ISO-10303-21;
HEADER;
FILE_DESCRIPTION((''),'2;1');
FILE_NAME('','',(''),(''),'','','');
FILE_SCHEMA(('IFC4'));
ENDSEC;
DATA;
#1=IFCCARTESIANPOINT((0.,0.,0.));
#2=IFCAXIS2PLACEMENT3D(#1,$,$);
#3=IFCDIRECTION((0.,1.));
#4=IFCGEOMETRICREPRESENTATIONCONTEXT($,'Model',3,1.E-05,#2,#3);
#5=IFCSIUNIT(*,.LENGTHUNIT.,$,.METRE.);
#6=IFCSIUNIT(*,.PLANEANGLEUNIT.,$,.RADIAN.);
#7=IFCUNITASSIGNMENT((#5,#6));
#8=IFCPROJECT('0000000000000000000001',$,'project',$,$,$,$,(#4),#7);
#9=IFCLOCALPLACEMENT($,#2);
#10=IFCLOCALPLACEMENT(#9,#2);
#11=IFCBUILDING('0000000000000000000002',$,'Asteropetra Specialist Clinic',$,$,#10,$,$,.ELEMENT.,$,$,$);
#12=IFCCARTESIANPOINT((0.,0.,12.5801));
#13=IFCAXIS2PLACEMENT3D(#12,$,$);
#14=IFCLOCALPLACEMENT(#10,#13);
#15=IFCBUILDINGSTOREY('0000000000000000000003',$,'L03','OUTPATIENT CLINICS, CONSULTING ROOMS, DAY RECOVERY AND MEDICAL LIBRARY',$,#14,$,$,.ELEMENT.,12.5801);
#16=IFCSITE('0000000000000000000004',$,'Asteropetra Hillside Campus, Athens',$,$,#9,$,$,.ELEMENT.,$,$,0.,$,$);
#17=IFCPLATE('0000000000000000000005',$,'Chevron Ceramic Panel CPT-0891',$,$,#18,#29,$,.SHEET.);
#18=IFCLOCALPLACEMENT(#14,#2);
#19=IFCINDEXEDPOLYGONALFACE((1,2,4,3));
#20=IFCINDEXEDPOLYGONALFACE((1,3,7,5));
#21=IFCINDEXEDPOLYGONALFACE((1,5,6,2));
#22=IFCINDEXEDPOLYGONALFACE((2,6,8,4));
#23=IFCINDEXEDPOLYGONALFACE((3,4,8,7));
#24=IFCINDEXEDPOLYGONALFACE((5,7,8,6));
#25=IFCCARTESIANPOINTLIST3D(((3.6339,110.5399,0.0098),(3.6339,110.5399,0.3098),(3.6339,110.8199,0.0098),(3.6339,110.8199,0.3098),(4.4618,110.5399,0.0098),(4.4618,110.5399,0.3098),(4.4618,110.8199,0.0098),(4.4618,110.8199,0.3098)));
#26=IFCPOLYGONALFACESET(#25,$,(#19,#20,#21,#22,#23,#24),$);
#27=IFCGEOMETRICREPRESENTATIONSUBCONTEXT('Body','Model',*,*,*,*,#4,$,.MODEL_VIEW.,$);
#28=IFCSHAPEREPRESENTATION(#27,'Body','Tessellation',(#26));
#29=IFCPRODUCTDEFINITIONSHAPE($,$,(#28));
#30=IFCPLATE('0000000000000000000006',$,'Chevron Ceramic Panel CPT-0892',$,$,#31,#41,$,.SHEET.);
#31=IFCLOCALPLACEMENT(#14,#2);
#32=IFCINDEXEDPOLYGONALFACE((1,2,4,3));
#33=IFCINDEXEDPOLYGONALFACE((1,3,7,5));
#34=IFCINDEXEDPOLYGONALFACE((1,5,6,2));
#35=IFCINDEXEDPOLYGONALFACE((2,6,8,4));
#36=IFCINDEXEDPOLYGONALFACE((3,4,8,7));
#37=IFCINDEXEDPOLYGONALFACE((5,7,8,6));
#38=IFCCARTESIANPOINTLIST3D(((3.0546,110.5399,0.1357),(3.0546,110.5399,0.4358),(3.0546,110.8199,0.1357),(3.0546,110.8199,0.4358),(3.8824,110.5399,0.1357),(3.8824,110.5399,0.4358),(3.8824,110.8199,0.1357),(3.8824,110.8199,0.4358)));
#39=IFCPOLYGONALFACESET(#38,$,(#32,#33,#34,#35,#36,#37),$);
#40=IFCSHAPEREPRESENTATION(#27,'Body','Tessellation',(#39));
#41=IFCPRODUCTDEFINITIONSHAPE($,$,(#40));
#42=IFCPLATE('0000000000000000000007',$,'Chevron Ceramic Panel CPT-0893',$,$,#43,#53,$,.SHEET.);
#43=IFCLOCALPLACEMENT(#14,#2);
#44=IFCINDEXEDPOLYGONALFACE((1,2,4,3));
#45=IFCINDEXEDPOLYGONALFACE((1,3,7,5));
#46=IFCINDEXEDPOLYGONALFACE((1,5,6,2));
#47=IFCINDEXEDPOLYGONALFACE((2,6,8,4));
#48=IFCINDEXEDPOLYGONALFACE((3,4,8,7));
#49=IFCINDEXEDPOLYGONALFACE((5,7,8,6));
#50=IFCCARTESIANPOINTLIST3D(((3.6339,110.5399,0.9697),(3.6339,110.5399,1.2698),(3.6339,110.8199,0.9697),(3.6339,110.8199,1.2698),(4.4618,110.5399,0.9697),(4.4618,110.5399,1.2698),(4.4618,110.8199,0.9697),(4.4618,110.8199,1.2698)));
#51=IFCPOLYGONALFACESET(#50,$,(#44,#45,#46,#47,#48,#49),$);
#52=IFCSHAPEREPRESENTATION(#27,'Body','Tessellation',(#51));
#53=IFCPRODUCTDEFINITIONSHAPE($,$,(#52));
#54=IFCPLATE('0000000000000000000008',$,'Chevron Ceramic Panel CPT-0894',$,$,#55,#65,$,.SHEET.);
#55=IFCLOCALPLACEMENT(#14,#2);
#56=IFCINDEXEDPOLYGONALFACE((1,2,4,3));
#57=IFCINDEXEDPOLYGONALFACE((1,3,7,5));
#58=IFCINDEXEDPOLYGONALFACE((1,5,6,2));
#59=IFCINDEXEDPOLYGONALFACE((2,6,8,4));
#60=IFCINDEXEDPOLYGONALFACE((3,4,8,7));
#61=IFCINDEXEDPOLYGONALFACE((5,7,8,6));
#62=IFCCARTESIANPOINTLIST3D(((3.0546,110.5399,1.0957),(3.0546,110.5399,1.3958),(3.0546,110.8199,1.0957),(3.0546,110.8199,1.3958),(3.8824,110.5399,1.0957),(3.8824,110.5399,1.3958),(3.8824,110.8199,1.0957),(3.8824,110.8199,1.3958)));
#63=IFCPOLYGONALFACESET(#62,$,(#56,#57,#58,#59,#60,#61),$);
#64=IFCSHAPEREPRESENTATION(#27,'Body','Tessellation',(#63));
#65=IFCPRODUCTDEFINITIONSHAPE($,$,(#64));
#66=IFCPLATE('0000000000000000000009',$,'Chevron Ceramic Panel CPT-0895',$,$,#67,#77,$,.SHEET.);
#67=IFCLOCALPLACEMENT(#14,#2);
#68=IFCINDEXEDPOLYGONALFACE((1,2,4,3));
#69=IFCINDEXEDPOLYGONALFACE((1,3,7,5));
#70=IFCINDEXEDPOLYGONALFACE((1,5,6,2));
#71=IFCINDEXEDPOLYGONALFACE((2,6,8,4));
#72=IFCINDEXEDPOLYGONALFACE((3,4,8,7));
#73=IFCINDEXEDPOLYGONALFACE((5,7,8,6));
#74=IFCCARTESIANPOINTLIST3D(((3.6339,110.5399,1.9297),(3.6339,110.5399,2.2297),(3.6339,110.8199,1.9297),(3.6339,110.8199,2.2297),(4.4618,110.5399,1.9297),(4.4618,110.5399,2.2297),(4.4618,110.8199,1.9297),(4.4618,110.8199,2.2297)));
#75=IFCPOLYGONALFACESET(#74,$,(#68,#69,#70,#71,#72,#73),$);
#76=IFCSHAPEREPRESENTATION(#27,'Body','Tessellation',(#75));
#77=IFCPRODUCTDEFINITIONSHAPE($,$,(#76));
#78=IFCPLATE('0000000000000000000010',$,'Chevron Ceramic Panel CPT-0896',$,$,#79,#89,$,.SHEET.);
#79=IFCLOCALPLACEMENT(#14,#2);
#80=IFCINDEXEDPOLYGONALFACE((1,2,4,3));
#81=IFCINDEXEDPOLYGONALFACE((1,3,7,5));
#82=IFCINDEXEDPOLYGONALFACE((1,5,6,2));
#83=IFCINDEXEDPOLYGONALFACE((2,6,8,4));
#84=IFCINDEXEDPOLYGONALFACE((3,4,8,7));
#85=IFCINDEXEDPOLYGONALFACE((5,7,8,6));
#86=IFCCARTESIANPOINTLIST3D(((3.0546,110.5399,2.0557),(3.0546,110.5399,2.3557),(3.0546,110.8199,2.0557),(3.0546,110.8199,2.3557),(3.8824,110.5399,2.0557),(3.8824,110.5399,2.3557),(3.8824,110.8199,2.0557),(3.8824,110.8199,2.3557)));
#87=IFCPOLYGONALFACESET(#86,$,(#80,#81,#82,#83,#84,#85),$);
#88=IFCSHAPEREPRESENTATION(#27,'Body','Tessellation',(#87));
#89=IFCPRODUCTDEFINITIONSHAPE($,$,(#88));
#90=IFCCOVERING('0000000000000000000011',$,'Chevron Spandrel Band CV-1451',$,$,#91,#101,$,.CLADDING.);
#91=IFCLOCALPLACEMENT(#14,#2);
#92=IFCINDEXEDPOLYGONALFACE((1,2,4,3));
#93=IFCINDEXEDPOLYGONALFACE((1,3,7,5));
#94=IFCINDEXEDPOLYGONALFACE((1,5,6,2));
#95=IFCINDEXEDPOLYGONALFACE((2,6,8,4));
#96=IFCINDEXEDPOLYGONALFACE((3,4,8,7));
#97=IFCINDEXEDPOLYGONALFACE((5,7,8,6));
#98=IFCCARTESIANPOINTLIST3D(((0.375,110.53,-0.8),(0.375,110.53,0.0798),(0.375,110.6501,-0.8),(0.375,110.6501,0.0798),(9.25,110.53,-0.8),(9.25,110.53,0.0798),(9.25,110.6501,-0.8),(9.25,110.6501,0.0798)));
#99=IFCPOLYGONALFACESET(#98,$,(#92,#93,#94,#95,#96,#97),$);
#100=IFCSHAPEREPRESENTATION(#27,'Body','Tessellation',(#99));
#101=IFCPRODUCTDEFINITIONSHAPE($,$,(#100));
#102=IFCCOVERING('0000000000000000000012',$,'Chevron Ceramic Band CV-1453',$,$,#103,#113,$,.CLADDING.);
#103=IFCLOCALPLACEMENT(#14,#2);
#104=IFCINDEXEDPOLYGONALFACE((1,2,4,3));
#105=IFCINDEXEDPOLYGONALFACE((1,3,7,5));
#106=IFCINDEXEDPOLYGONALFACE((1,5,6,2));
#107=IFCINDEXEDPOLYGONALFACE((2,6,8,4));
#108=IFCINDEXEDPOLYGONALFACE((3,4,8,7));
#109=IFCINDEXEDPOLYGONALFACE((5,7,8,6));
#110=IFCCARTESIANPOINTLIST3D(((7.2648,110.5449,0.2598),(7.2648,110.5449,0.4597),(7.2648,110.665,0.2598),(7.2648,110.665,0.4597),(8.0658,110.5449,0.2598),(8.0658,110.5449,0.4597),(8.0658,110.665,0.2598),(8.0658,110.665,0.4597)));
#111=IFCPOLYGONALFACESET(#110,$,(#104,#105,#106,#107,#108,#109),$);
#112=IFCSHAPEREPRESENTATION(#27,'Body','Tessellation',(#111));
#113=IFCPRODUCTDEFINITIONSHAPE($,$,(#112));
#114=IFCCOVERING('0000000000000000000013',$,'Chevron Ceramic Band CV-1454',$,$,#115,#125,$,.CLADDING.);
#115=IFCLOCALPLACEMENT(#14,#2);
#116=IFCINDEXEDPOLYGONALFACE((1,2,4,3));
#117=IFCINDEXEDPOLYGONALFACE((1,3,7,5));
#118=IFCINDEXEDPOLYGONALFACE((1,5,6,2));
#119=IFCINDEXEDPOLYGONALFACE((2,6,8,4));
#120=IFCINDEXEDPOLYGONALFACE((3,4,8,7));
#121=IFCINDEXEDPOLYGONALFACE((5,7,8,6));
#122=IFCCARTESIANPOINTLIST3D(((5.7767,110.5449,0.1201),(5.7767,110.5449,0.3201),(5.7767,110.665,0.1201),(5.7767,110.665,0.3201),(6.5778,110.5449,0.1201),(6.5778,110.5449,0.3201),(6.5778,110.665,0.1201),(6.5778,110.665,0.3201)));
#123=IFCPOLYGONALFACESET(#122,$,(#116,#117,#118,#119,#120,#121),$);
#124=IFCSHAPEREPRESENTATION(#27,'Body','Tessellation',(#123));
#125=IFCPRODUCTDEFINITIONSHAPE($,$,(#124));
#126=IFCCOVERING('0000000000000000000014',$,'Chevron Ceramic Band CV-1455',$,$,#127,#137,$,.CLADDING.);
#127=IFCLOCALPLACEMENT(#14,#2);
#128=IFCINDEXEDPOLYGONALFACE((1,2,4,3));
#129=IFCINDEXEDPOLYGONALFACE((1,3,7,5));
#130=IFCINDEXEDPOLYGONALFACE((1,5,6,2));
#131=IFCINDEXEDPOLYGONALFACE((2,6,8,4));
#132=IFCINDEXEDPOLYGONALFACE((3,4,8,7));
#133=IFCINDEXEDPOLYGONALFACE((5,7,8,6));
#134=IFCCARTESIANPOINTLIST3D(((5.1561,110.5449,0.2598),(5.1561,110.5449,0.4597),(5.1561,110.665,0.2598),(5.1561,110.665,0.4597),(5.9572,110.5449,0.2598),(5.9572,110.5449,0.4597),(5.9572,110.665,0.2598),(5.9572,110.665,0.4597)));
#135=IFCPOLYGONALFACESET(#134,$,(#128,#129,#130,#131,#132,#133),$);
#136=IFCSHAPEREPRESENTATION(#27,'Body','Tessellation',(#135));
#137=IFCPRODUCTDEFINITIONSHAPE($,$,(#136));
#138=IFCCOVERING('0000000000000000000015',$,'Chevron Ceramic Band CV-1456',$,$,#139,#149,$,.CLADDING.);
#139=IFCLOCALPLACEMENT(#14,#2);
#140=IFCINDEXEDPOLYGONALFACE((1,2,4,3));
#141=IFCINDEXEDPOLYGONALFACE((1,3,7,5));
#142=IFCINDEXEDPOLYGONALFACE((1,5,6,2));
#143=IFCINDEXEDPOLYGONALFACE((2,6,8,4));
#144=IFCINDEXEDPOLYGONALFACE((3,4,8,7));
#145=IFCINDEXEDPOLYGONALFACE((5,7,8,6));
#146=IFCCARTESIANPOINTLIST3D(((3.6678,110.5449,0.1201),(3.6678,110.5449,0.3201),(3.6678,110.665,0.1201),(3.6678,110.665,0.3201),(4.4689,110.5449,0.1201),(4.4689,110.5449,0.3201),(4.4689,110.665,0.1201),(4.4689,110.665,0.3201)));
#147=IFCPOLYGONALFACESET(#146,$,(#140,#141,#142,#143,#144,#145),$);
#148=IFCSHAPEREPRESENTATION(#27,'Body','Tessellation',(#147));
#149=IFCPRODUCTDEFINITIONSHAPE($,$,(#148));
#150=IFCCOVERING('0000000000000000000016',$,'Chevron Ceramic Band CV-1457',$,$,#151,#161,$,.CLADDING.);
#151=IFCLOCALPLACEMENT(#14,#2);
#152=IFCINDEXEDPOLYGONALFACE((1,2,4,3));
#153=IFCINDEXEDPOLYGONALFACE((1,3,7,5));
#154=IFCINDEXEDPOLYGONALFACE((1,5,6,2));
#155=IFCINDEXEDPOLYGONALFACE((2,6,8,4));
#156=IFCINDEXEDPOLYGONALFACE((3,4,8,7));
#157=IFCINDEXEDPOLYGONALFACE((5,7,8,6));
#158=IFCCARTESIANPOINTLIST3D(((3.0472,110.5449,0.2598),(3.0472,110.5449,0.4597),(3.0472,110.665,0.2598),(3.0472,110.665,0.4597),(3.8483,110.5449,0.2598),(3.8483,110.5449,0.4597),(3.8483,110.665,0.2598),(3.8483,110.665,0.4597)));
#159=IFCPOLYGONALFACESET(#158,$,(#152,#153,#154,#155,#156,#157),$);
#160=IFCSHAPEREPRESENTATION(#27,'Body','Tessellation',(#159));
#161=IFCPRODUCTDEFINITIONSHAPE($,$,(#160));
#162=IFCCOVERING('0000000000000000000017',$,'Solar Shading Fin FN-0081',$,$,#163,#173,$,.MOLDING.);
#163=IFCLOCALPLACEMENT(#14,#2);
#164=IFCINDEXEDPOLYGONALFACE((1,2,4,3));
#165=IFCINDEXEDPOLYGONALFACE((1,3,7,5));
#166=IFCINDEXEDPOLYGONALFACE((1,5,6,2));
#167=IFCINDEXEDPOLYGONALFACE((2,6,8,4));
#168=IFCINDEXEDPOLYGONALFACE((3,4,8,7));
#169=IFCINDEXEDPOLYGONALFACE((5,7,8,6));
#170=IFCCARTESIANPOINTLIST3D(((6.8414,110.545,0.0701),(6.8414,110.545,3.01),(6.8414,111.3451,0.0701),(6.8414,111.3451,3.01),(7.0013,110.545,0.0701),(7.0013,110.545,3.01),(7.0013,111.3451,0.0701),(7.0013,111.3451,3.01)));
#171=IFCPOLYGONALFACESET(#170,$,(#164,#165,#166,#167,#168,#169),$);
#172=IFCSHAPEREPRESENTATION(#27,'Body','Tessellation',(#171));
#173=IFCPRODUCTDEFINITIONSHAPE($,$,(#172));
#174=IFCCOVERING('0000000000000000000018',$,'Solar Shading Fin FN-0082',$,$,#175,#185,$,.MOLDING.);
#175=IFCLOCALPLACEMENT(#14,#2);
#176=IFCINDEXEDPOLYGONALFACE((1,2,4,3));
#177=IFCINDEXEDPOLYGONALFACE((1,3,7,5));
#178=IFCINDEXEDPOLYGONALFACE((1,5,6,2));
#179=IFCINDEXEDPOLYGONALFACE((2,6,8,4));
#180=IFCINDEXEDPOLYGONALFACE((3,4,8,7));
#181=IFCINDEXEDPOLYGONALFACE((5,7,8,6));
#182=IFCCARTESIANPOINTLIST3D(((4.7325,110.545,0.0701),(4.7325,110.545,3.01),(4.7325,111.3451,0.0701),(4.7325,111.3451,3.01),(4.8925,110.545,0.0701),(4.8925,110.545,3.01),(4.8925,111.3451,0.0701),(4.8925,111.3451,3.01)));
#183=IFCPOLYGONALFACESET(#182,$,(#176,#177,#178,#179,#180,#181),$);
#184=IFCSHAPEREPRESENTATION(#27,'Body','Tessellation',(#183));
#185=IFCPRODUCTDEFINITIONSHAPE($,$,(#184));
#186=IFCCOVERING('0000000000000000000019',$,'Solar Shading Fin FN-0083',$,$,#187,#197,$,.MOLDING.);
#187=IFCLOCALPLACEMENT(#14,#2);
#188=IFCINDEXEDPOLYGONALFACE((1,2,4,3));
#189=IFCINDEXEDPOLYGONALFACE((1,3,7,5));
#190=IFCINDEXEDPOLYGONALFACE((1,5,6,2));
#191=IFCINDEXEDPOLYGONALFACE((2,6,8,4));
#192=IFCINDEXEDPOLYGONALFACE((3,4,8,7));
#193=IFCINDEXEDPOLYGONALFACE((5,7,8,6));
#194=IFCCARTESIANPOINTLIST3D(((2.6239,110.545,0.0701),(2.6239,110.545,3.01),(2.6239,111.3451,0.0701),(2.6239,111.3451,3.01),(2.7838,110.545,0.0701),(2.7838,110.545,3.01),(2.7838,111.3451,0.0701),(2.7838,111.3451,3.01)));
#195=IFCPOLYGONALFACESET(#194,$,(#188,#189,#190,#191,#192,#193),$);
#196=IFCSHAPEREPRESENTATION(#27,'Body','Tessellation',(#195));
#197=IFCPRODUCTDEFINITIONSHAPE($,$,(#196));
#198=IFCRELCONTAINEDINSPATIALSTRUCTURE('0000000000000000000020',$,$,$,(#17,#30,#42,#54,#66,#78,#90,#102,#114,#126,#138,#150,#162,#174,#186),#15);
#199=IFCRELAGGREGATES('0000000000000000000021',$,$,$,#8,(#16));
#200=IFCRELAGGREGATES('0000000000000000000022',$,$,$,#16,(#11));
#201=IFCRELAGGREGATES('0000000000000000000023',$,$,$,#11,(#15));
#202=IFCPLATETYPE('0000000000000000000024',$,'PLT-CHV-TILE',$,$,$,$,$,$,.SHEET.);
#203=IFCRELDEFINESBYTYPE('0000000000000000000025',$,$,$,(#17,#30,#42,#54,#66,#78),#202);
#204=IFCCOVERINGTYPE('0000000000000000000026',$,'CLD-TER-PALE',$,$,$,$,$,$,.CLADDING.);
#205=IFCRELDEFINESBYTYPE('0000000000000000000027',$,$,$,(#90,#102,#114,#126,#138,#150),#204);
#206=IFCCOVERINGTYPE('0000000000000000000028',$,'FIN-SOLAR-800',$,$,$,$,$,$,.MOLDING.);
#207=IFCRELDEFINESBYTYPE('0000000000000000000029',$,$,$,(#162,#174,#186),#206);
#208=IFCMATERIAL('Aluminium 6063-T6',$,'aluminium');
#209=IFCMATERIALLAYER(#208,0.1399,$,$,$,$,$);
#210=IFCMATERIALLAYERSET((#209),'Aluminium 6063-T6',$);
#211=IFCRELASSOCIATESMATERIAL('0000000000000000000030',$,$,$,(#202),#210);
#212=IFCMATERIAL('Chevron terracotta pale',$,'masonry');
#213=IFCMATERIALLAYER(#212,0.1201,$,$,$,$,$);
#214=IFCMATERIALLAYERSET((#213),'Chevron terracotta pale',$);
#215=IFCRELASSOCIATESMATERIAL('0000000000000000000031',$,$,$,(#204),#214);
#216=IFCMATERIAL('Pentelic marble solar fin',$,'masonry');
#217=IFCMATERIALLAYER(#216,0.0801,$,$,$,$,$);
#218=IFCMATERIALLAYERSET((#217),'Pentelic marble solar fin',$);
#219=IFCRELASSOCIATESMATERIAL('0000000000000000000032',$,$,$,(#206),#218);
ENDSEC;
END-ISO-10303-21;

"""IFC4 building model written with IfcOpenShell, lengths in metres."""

from ifc_helpers import new_model, si_unit, direction, frame, origin, origin_2d, place, context, subcontext, project, spatial, rectangle, extrude, material, layer, layer_set, type_object, element, save


model = new_model("IFC4")

# Units and contexts
model_context = context("Model", 3, precision=1e-05, world=origin(), true_north=direction((0.0, 1.0)))
body_context = subcontext(model_context, "Body", "Model", "MODEL_VIEW")
ifc_project = project(units=[si_unit("LENGTHUNIT", "METRE"), si_unit("PLANEANGLEUNIT", "RADIAN")], contexts=[model_context])

# Site, building, storey
site_placement = place(None, origin())
site = spatial("IfcSite", under=ifc_project, at=site_placement, Name="Asteropetra Hillside Campus, Athens", CompositionType="ELEMENT", RefElevation=0.0)
building_placement = place(site_placement, origin())
building = spatial("IfcBuilding", under=site, at=building_placement, Name="Asteropetra Specialist Clinic", CompositionType="ELEMENT")
storey_placement = place(building_placement, frame((0.0, 0.0, 12.5801)))
storey = spatial("IfcBuildingStorey", under=building, at=storey_placement, Name="L03", Description="OUTPATIENT CLINICS, CONSULTING ROOMS, DAY RECOVERY AND MEDICAL LIBRARY", CompositionType="ELEMENT", Elevation=12.5801)

# Plates
ifc_material_1 = material(Name="Aluminium 6063-T6", Category="aluminium")
ifc_layer_1 = layer(ifc_material_1, 0.1399)
ifc_layer_set_1 = layer_set([ifc_layer_1], Name="Aluminium 6063-T6")
plate_type_1 = type_object("IfcPlateType", Name="PLT-CHV-TILE", PredefinedType="SHEET", material=ifc_layer_set_1)
for number, where, z_axis, x_axis, name in (
    (1, (4.0479, 110.6799, 0.0098), (0.0, 0.0, 1.0), (1.0, 0.0, 0.0), "Chevron Ceramic Panel CPT-0891"),
    (2, (3.4685, 110.6799, 0.1357), (0.0, 0.0, 1.0), (1.0, 0.0, 0.0), "Chevron Ceramic Panel CPT-0892"),
    (3, (4.0479, 110.6799, 0.9697), (0.0, 0.0, 1.0), (1.0, 0.0, 0.0), "Chevron Ceramic Panel CPT-0893"),
    (4, (3.4685, 110.6799, 1.0957), (0.0, 0.0, 1.0), (1.0, 0.0, 0.0), "Chevron Ceramic Panel CPT-0894"),
    (5, (4.0479, 110.6799, 1.9297), (0.0, 0.0, 1.0), (1.0, 0.0, 0.0), "Chevron Ceramic Panel CPT-0895"),
    (6, (3.4685, 110.6799, 2.0557), (0.0, 0.0, 1.0), (1.0, 0.0, 0.0), "Chevron Ceramic Panel CPT-0896"),
):
    element("IfcPlate", number, at=place(storey_placement, frame(where, z_axis=z_axis, x_axis=x_axis)), inside=storey, type_object=plate_type_1, Name=name, PredefinedType="SHEET", context=body_context, shape_type="SweptSolid", body=[
        extrude(rectangle(XDim=0.8279, YDim=0.28, at=origin_2d()), origin(), (0.0, 0.0, 1.0), 0.3),
    ])

# Coverings
ifc_material_2 = material(Name="Chevron terracotta pale", Category="masonry")
ifc_layer_2 = layer(ifc_material_2, 0.1201)
ifc_layer_set_2 = layer_set([ifc_layer_2], Name="Chevron terracotta pale")
covering_type_1 = type_object("IfcCoveringType", Name="CLD-TER-PALE", PredefinedType="CLADDING", material=ifc_layer_set_2)
covering_placement = place(storey_placement, frame((4.8125, 110.5901, -0.8), z_axis=(0.0, 0.0, 1.0), x_axis=(1.0, 0.0, 0.0)))
element("IfcCovering", 7, at=covering_placement, inside=storey, type_object=covering_type_1, Name="Chevron Spandrel Band CV-1451", PredefinedType="CLADDING", context=body_context, shape_type="SweptSolid", body=[
    extrude(rectangle(XDim=8.875, YDim=0.1201, at=origin_2d()), origin(), (0.0, 0.0, 1.0), 0.8799),
])
for number, where, z_axis, x_axis, name in (
    (8, (7.6653, 110.605, 0.2598), (0.0, 0.0, 1.0), (1.0, 0.0, 0.0), "Chevron Ceramic Band CV-1453"),
    (9, (6.1772, 110.605, 0.1201), (0.0, 0.0, 1.0), (1.0, 0.0, 0.0), "Chevron Ceramic Band CV-1454"),
    (10, (5.5566, 110.605, 0.2598), (0.0, 0.0, 1.0), (1.0, 0.0, 0.0), "Chevron Ceramic Band CV-1455"),
    (11, (4.0684, 110.605, 0.1201), (0.0, 0.0, 1.0), (1.0, 0.0, 0.0), "Chevron Ceramic Band CV-1456"),
    (12, (3.4478, 110.605, 0.2598), (0.0, 0.0, 1.0), (1.0, 0.0, 0.0), "Chevron Ceramic Band CV-1457"),
):
    element("IfcCovering", number, at=place(storey_placement, frame(where, z_axis=z_axis, x_axis=x_axis)), inside=storey, type_object=covering_type_1, Name=name, PredefinedType="CLADDING", context=body_context, shape_type="SweptSolid", body=[
        extrude(rectangle(XDim=0.801, YDim=0.1201, at=origin_2d()), origin(), (0.0, 0.0, 1.0), 0.2),
    ])
ifc_material_3 = material(Name="Pentelic marble solar fin", Category="masonry")
ifc_layer_3 = layer(ifc_material_3, 0.0801)
ifc_layer_set_3 = layer_set([ifc_layer_3], Name="Pentelic marble solar fin")
covering_type_2 = type_object("IfcCoveringType", Name="FIN-SOLAR-800", PredefinedType="MOLDING", material=ifc_layer_set_3)
for number, where, z_axis, x_axis, name in (
    (13, (6.9214, 110.9451, 0.0701), (0.0, 0.0, 1.0), (1.0, 0.0, 0.0), "Solar Shading Fin FN-0081"),
    (14, (4.8125, 110.9451, 0.0701), (0.0, 0.0, 1.0), (1.0, 0.0, 0.0), "Solar Shading Fin FN-0082"),
    (15, (2.7039, 110.9451, 0.0701), (0.0, 0.0, 1.0), (1.0, 0.0, 0.0), "Solar Shading Fin FN-0083"),
):
    element("IfcCovering", number, at=place(storey_placement, frame(where, z_axis=z_axis, x_axis=x_axis)), inside=storey, type_object=covering_type_2, Name=name, PredefinedType="MOLDING", context=body_context, shape_type="SweptSolid", body=[
        extrude(rectangle(XDim=0.1599, YDim=0.8, at=origin_2d()), origin(), (0.0, 0.0, 1.0), 2.9399),
    ])

save(model, "model.ifc")
